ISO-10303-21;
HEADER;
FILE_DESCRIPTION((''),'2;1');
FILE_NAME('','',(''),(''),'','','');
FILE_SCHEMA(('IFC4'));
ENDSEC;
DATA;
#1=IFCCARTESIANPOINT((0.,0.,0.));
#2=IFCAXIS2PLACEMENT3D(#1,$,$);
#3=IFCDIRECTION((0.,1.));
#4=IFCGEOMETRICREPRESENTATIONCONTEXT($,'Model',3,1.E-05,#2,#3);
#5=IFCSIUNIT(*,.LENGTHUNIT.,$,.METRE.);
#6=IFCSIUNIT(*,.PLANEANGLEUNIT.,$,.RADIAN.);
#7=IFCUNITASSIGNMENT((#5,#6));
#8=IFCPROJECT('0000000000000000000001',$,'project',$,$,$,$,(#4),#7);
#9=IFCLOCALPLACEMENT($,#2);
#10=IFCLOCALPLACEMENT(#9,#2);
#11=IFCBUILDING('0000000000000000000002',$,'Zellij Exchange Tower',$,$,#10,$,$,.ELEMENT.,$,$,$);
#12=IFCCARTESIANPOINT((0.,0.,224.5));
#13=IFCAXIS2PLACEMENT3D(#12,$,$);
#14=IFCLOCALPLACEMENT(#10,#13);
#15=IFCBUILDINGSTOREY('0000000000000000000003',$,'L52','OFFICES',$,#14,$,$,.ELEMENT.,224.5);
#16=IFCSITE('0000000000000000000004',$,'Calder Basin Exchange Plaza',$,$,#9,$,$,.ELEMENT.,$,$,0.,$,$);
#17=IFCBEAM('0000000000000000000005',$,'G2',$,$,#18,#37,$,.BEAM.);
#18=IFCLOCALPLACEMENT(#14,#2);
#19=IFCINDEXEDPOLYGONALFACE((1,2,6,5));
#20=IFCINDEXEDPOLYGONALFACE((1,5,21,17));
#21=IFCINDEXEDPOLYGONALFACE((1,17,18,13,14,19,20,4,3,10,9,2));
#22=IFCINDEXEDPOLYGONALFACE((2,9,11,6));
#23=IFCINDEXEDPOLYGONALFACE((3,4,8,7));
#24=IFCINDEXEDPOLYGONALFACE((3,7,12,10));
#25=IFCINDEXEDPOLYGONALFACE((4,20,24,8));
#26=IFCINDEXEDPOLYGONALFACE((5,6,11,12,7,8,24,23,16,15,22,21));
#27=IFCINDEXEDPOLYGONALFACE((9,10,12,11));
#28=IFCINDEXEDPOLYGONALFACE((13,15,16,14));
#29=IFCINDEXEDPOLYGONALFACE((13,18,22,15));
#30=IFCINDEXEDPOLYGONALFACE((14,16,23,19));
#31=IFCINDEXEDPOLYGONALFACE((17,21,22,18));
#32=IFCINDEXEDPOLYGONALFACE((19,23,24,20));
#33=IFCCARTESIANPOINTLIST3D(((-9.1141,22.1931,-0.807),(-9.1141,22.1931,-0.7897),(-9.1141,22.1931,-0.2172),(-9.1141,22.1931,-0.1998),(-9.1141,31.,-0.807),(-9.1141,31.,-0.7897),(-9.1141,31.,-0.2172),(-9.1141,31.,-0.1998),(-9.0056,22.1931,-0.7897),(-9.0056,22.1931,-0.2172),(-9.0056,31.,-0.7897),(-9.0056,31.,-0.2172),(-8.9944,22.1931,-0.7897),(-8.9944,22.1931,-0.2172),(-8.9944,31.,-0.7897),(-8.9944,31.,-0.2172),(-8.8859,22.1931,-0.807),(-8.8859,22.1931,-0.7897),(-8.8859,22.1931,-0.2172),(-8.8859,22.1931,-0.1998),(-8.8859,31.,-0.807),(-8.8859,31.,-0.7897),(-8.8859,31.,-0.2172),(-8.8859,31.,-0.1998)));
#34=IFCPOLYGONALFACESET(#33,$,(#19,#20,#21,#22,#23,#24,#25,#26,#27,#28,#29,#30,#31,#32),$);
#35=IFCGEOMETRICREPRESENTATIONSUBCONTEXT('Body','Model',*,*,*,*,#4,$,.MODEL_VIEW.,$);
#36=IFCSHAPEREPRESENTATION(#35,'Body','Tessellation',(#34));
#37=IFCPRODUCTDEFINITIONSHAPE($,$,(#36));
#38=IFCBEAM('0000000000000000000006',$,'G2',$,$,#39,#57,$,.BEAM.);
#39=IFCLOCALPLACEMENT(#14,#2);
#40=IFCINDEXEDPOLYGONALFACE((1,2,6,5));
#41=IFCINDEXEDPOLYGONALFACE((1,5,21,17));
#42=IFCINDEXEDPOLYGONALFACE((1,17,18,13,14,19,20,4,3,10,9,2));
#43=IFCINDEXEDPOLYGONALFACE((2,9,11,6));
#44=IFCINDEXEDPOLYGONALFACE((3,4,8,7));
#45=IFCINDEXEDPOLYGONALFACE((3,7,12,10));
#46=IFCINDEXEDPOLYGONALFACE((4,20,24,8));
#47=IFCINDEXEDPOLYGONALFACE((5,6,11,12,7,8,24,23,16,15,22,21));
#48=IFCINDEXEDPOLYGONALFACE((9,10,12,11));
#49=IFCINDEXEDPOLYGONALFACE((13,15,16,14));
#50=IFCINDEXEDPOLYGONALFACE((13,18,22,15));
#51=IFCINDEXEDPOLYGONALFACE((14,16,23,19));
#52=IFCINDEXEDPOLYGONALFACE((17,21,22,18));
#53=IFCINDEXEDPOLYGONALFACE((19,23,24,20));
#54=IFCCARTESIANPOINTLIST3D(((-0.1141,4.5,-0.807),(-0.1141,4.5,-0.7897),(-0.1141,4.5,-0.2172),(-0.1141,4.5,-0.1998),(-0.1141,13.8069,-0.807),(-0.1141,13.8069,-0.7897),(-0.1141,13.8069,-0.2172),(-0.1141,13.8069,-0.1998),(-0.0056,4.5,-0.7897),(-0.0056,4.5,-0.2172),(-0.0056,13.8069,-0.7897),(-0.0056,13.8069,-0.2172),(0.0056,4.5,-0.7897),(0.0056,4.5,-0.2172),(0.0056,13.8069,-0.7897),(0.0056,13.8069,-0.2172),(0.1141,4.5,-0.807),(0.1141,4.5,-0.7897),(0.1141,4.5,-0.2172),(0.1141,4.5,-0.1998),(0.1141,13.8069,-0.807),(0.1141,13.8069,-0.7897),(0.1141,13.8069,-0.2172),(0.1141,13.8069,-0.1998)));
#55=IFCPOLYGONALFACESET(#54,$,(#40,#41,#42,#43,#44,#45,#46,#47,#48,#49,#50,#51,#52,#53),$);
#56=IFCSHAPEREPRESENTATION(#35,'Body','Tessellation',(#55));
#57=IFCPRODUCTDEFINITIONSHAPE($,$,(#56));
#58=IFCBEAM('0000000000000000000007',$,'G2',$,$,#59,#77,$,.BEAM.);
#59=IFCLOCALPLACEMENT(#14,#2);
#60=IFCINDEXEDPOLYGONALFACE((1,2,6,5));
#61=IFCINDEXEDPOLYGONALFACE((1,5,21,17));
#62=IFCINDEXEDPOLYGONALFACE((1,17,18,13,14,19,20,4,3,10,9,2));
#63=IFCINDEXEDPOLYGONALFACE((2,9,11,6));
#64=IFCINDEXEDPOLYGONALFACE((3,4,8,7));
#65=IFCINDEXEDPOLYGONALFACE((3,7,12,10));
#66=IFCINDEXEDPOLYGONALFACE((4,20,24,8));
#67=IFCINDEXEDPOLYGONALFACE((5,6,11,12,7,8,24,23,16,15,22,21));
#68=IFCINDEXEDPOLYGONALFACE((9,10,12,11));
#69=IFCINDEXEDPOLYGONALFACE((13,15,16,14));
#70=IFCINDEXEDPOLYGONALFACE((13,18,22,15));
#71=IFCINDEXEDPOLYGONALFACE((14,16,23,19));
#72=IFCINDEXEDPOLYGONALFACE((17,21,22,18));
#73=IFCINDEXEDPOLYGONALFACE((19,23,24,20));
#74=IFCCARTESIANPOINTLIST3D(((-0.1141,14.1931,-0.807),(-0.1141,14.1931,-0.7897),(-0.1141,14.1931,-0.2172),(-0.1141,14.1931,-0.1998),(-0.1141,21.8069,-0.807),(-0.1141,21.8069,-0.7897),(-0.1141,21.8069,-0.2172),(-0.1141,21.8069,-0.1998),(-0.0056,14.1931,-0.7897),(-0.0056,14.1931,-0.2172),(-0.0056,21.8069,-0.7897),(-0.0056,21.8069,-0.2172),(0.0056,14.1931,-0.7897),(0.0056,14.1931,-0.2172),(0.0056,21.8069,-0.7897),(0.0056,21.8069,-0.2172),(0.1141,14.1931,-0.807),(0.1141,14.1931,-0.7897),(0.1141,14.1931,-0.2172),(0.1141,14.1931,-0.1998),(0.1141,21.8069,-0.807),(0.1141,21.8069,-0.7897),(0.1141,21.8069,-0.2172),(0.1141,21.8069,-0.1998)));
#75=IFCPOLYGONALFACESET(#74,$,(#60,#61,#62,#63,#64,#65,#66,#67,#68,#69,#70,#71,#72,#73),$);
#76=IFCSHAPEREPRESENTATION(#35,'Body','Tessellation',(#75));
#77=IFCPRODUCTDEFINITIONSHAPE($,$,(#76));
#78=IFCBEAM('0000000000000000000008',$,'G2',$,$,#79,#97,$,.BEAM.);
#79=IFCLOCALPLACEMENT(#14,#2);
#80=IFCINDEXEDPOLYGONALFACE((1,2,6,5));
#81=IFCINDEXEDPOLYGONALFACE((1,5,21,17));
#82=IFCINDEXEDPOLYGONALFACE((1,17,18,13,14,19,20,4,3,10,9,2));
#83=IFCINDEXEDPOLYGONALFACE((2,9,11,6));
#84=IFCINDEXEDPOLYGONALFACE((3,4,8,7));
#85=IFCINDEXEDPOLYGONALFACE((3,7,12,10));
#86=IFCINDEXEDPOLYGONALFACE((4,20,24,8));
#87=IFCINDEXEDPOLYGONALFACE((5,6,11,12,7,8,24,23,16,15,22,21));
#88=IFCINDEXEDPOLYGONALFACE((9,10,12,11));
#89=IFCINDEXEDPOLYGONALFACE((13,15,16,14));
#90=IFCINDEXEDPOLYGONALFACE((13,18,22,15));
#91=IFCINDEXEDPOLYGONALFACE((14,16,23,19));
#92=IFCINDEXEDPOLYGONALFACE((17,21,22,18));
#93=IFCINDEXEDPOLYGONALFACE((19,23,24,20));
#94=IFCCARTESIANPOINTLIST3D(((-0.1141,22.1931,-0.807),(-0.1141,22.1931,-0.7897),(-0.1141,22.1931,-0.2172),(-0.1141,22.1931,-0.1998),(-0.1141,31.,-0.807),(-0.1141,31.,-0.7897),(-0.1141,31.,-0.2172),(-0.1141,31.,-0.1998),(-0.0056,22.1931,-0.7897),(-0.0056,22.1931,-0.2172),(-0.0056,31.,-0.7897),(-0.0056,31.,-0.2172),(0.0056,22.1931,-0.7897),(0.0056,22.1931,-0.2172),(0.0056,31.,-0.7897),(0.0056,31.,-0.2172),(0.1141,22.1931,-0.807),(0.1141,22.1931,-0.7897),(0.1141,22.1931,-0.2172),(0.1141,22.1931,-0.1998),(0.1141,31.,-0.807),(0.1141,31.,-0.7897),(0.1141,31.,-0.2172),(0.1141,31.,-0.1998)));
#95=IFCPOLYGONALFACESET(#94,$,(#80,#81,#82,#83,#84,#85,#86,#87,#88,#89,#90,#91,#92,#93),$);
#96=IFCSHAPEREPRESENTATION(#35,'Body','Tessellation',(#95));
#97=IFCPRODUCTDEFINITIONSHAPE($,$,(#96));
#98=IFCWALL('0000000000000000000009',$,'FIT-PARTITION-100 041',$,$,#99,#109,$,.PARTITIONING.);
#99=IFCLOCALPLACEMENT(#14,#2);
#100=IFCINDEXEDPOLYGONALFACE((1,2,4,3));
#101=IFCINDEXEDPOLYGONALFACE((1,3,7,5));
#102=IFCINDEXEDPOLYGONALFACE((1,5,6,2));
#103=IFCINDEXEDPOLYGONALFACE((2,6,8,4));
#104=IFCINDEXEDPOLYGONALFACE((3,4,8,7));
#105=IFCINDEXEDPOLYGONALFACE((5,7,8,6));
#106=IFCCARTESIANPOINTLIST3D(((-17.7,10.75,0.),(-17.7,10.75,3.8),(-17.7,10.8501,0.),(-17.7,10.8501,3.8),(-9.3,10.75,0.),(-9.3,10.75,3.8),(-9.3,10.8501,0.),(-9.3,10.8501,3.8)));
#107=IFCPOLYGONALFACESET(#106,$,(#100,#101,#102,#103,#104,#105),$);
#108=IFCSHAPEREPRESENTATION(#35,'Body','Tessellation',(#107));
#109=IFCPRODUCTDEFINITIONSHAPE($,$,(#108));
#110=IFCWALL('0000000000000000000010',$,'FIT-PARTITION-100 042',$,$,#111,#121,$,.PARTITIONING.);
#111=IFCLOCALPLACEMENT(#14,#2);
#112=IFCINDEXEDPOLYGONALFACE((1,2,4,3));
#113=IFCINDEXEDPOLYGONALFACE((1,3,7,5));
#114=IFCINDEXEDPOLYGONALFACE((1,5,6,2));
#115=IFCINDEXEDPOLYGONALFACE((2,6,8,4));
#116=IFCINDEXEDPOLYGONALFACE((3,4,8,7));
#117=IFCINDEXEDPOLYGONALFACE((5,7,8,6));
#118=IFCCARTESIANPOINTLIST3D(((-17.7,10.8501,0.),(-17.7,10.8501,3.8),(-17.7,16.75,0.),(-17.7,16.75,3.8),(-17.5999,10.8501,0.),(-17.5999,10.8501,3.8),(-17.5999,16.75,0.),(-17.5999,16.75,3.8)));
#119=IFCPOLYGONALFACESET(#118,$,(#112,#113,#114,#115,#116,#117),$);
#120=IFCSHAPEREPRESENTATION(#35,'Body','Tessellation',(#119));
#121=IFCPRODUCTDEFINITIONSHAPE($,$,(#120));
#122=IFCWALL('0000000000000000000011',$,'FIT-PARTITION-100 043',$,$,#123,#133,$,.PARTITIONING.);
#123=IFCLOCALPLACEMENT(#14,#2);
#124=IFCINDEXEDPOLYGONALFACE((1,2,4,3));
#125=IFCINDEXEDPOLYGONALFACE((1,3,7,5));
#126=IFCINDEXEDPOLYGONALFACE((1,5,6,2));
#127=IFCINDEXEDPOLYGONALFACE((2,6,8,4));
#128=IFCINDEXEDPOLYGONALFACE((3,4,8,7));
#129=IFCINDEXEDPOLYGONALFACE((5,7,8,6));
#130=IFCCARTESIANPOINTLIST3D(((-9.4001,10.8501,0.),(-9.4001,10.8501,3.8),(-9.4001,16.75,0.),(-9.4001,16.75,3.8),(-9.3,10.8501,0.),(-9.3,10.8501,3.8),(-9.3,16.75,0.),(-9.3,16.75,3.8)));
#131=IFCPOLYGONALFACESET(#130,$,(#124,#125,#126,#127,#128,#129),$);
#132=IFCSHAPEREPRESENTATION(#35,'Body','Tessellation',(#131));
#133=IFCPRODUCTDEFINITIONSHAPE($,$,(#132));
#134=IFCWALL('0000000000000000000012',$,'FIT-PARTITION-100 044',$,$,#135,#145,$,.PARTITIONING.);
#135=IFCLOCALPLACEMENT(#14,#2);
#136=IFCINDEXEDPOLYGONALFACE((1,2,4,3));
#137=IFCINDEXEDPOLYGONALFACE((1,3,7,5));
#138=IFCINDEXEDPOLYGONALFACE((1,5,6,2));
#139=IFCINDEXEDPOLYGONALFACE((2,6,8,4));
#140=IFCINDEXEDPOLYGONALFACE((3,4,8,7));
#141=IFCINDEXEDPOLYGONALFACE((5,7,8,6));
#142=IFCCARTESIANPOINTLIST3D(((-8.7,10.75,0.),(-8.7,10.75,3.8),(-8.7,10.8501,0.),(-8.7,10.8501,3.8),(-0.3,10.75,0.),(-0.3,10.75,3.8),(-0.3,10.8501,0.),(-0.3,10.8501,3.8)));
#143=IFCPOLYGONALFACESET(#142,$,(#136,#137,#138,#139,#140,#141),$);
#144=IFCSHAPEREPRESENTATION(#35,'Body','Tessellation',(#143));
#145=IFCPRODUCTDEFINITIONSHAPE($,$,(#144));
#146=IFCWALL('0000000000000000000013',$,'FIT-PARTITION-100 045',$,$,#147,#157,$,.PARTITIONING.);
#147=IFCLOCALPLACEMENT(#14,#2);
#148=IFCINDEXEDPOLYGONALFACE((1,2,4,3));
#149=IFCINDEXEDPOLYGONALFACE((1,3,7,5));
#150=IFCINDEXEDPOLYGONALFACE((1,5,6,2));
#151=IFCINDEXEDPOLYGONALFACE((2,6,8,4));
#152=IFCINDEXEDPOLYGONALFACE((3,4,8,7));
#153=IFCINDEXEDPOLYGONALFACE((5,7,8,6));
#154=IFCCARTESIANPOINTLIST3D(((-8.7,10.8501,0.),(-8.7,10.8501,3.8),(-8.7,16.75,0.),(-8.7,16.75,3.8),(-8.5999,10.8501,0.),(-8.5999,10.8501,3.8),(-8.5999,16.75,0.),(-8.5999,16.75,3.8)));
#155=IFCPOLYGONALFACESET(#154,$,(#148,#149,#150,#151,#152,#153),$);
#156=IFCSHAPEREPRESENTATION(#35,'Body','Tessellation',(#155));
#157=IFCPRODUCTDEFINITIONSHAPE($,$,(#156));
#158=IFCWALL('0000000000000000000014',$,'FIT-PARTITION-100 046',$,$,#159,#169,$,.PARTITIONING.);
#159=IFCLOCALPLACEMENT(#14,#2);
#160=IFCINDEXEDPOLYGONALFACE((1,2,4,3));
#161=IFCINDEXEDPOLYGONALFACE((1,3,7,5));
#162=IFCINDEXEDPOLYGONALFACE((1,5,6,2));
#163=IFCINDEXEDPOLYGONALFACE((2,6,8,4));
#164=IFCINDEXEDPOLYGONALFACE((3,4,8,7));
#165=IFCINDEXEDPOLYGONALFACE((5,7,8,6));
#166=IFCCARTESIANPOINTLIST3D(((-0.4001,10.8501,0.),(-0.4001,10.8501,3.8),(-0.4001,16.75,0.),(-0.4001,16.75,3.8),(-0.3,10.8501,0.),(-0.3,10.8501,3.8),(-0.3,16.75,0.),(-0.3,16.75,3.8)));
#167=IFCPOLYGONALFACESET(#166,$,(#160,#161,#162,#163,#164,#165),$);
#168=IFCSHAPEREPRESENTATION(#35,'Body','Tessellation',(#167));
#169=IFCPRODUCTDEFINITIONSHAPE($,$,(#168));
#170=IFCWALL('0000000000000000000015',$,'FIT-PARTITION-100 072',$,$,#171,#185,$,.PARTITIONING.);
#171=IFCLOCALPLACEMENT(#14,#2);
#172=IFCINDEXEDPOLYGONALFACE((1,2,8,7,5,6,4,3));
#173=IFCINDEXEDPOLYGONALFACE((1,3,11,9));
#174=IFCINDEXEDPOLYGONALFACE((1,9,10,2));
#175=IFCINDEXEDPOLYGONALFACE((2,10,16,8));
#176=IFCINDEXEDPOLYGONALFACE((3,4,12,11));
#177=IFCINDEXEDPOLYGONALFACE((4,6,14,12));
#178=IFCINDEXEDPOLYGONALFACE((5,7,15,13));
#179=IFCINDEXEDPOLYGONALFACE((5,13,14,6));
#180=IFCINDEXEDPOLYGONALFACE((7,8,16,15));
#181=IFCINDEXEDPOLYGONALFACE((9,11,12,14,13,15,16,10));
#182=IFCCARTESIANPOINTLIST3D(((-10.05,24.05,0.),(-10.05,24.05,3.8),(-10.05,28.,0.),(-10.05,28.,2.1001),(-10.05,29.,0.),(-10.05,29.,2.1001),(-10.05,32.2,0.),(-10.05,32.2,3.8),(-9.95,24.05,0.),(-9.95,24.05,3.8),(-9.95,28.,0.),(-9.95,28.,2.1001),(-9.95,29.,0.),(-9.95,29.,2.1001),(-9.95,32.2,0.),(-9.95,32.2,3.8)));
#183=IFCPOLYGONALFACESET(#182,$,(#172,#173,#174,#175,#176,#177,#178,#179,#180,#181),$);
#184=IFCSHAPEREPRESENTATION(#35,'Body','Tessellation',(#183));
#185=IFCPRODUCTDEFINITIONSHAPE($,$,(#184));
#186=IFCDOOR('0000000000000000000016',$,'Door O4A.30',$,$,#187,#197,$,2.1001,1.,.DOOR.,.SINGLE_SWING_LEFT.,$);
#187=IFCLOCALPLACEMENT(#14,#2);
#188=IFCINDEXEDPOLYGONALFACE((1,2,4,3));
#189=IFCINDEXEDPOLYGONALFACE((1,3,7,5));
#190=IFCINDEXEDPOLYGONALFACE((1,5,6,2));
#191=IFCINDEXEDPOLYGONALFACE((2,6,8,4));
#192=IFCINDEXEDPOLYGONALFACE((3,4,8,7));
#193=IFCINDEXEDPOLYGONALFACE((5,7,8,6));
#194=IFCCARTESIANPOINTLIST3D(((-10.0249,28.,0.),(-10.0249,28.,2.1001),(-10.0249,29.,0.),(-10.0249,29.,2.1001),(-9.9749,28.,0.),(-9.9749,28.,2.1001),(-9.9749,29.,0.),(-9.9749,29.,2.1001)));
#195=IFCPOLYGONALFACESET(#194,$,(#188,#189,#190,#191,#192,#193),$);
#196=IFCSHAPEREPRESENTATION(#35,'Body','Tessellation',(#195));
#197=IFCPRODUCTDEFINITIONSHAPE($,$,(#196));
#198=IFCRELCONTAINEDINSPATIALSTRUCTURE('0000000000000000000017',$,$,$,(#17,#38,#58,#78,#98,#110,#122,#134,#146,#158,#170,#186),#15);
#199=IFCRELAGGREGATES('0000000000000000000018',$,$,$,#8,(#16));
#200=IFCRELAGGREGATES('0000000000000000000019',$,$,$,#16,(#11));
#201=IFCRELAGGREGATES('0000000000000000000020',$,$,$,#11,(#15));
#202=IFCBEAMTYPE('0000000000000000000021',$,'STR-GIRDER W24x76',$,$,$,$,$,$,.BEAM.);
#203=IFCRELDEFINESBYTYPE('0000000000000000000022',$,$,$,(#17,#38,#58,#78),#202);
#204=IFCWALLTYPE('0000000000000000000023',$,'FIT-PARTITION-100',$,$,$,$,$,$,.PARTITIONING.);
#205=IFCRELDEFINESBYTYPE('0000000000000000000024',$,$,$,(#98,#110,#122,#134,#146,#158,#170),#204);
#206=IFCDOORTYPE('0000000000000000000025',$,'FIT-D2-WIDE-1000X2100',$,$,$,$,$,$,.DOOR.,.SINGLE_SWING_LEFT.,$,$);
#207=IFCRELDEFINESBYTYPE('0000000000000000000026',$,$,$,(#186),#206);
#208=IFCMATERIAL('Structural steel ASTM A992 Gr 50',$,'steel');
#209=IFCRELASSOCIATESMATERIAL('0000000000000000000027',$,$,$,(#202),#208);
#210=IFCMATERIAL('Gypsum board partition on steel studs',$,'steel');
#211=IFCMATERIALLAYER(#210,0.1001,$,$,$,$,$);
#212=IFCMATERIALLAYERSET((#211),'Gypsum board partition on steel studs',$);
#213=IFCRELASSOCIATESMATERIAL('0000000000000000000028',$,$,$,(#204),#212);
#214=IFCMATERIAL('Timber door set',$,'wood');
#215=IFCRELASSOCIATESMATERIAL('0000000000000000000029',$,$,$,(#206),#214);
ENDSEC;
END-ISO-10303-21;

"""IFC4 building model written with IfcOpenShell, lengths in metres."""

from ifc_helpers import new_model, si_unit, direction, frame, frame_2d, origin, origin_2d, place, context, subcontext, project, spatial, rectangle, i_section, extrude, material, layer, layer_set, material_profile, profile_set, type_object, element, fill, save


model = new_model("IFC4")

# Units and contexts
model_context = context("Model", 3, precision=1e-05, world=origin(), true_north=direction((0.0, 1.0)))
body_context = subcontext(model_context, "Body", "Model", "MODEL_VIEW")
ifc_project = project(units=[si_unit("LENGTHUNIT", "METRE"), si_unit("PLANEANGLEUNIT", "RADIAN")], contexts=[model_context])

# Site, building, storey
site_placement = place(None, origin())
site = spatial("IfcSite", under=ifc_project, at=site_placement, Name="Calder Basin Exchange Plaza", CompositionType="ELEMENT", RefElevation=0.0)
building_placement = place(site_placement, origin())
building = spatial("IfcBuilding", under=site, at=building_placement, Name="Zellij Exchange Tower", CompositionType="ELEMENT")
storey_placement = place(building_placement, frame((0.0, 0.0, 224.5)))
storey = spatial("IfcBuildingStorey", under=building, at=storey_placement, Name="L52", Description="OFFICES", CompositionType="ELEMENT", Elevation=224.5)

# Shared definitions
ifc_material_1 = material(Name="Structural steel ASTM A992 Gr 50", Category="steel")

# Beams
ifc_material_profile_1 = material_profile(ifc_material_1, i_section(OverallWidth=0.2283, OverallDepth=0.6072, WebThickness=0.0112, FlangeThickness=0.0173, at=origin_2d()), Name="W24x76")
ifc_profile_set_1 = profile_set([ifc_material_profile_1], Name="Structural steel ASTM A992 Gr 50")
beam_type = type_object("IfcBeamType", Name="STR-GIRDER W24x76", PredefinedType="BEAM", material=ifc_profile_set_1)
beam_1_placement = place(storey_placement, frame((-9.0, 22.1931, -0.5034), z_axis=(0.0, 1.0, 0.0), x_axis=(-1.0, 0.0, 0.0)))
element("IfcBeam", 1, at=beam_1_placement, inside=storey, type_object=beam_type, Name="G2", PredefinedType="BEAM", context=body_context, shape_type="SweptSolid", body=[
    extrude(i_section(OverallWidth=0.2283, OverallDepth=0.6072, WebThickness=0.0112, FlangeThickness=0.0173, at=origin_2d()), origin(), (0.0, 0.0, 1.0), 8.8069),
])
beam_2_placement = place(storey_placement, frame((0.0, 4.5, -0.5034), z_axis=(0.0, 1.0, 0.0), x_axis=(-1.0, 0.0, 0.0)))
element("IfcBeam", 2, at=beam_2_placement, inside=storey, type_object=beam_type, Name="G2", PredefinedType="BEAM", context=body_context, shape_type="SweptSolid", body=[
    extrude(i_section(OverallWidth=0.2283, OverallDepth=0.6072, WebThickness=0.0112, FlangeThickness=0.0173, at=origin_2d()), origin(), (0.0, 0.0, 1.0), 9.3069),
])
beam_3_placement = place(storey_placement, frame((0.0, 14.1931, -0.5034), z_axis=(0.0, 1.0, 0.0), x_axis=(-1.0, 0.0, 0.0)))
element("IfcBeam", 3, at=beam_3_placement, inside=storey, type_object=beam_type, Name="G2", PredefinedType="BEAM", context=body_context, shape_type="SweptSolid", body=[
    extrude(i_section(OverallWidth=0.2283, OverallDepth=0.6072, WebThickness=0.0112, FlangeThickness=0.0173, at=origin_2d()), origin(), (0.0, 0.0, 1.0), 7.6138),
])
beam_4_placement = place(storey_placement, frame((0.0, 22.1931, -0.5034), z_axis=(0.0, 1.0, 0.0), x_axis=(-1.0, 0.0, 0.0)))
element("IfcBeam", 4, at=beam_4_placement, inside=storey, type_object=beam_type, Name="G2", PredefinedType="BEAM", context=body_context, shape_type="SweptSolid", body=[
    extrude(i_section(OverallWidth=0.2283, OverallDepth=0.6072, WebThickness=0.0112, FlangeThickness=0.0173, at=origin_2d()), origin(), (0.0, 0.0, 1.0), 8.8069),
])

# Walls
ifc_material_2 = material(Name="Gypsum board partition on steel studs", Category="steel")
ifc_layer = layer(ifc_material_2, 0.1001)
ifc_layer_set = layer_set([ifc_layer], Name="Gypsum board partition on steel studs")
wall_type = type_object("IfcWallType", Name="FIT-PARTITION-100", PredefinedType="PARTITIONING", material=ifc_layer_set)
wall_1_placement = place(storey_placement, frame((-17.7, 10.8, 0.0), z_axis=(0.0, 0.0, 1.0), x_axis=(1.0, 0.0, 0.0)))
element("IfcWall", 5, at=wall_1_placement, inside=storey, type_object=wall_type, Name="FIT-PARTITION-100 041", PredefinedType="PARTITIONING", context=body_context, shape_type="SweptSolid", body=[
    extrude(rectangle(XDim=8.3999, YDim=0.1001, at=frame_2d((4.2, 0.0))), origin(), (0.0, 0.0, 1.0), 3.8),
])
for number, where, z_axis, x_axis, name in (
    (6, (-17.6499, 10.8501, 0.0), (0.0, 0.0, 1.0), (0.0, 1.0, 0.0), "FIT-PARTITION-100 042"),
    (7, (-9.3501, 10.8501, 0.0), (0.0, 0.0, 1.0), (0.0, 1.0, 0.0), "FIT-PARTITION-100 043"),
):
    element("IfcWall", number, at=place(storey_placement, frame(where, z_axis=z_axis, x_axis=x_axis)), inside=storey, type_object=wall_type, Name=name, PredefinedType="PARTITIONING", context=body_context, shape_type="SweptSolid", body=[
        extrude(rectangle(XDim=5.8999, YDim=0.1001, at=frame_2d((2.95, 0.0))), origin(), (0.0, 0.0, 1.0), 3.8),
    ])
wall_2_placement = place(storey_placement, frame((-8.7, 10.8, 0.0), z_axis=(0.0, 0.0, 1.0), x_axis=(1.0, 0.0, 0.0)))
element("IfcWall", 8, at=wall_2_placement, inside=storey, type_object=wall_type, Name="FIT-PARTITION-100 044", PredefinedType="PARTITIONING", context=body_context, shape_type="SweptSolid", body=[
    extrude(rectangle(XDim=8.3999, YDim=0.1001, at=frame_2d((4.2, 0.0))), origin(), (0.0, 0.0, 1.0), 3.8),
])
for number, where, z_axis, x_axis, name in (
    (9, (-8.6499, 10.8501, 0.0), (0.0, 0.0, 1.0), (0.0, 1.0, 0.0), "FIT-PARTITION-100 045"),
    (10, (-0.3501, 10.8501, 0.0), (0.0, 0.0, 1.0), (0.0, 1.0, 0.0), "FIT-PARTITION-100 046"),
):
    element("IfcWall", number, at=place(storey_placement, frame(where, z_axis=z_axis, x_axis=x_axis)), inside=storey, type_object=wall_type, Name=name, PredefinedType="PARTITIONING", context=body_context, shape_type="SweptSolid", body=[
        extrude(rectangle(XDim=5.8999, YDim=0.1001, at=frame_2d((2.95, 0.0))), origin(), (0.0, 0.0, 1.0), 3.8),
    ])

# Wall, opening, door
wall_3_placement = place(storey_placement, frame((-10.0, 24.05, 0.0), z_axis=(0.0, 0.0, 1.0), x_axis=(0.0, 1.0, 0.0)))
wall_3 = element("IfcWall", 11, at=wall_3_placement, inside=storey, type_object=wall_type, Name="FIT-PARTITION-100 072", PredefinedType="PARTITIONING", context=body_context, shape_type="SweptSolid", body=[
    extrude(rectangle(XDim=8.1499, YDim=0.1001, at=frame_2d((4.075, 0.0))), origin(), (0.0, 0.0, 1.0), 3.8),
])
opening_placement = place(wall_3_placement, frame((3.95, 0.0, 0.0)))
opening = element("IfcOpeningElement", 12, at=opening_placement, cuts=wall_3, PredefinedType="OPENING", context=body_context, shape_type="SweptSolid", body=[
    extrude(rectangle(XDim=1.0, YDim=2.1001, at=frame_2d((0.5, 1.05))), frame((0.0, 0.062, 0.0), z_axis=(0.0, -1.0, 0.0), x_axis=(1.0, 0.0, 0.0)), (0.0, 0.0, 1.0), 0.124),
])
ifc_material_3 = material(Name="Timber door set", Category="wood")
door_type = type_object("IfcDoorType", Name="FIT-D2-WIDE-1000X2100", OperationType="SINGLE_SWING_LEFT", PredefinedType="DOOR", material=ifc_material_3)
door_placement = place(opening_placement, origin())
door = element("IfcDoor", 13, at=door_placement, inside=storey, type_object=door_type, Name="Door O4A.30", OperationType="SINGLE_SWING_LEFT", OverallHeight=2.1001, OverallWidth=1.0, PredefinedType="DOOR", context=body_context, shape_type="SweptSolid", body=[
    extrude(rectangle(XDim=1.0, YDim=2.1001, at=frame_2d((0.5, 1.05))), frame((0.0, 0.0249, 0.0), z_axis=(0.0, -1.0, 0.0), x_axis=(1.0, 0.0, 0.0)), (0.0, 0.0, 1.0), 0.05),
])
fill(opening, door)

save(model, "model.ifc")
